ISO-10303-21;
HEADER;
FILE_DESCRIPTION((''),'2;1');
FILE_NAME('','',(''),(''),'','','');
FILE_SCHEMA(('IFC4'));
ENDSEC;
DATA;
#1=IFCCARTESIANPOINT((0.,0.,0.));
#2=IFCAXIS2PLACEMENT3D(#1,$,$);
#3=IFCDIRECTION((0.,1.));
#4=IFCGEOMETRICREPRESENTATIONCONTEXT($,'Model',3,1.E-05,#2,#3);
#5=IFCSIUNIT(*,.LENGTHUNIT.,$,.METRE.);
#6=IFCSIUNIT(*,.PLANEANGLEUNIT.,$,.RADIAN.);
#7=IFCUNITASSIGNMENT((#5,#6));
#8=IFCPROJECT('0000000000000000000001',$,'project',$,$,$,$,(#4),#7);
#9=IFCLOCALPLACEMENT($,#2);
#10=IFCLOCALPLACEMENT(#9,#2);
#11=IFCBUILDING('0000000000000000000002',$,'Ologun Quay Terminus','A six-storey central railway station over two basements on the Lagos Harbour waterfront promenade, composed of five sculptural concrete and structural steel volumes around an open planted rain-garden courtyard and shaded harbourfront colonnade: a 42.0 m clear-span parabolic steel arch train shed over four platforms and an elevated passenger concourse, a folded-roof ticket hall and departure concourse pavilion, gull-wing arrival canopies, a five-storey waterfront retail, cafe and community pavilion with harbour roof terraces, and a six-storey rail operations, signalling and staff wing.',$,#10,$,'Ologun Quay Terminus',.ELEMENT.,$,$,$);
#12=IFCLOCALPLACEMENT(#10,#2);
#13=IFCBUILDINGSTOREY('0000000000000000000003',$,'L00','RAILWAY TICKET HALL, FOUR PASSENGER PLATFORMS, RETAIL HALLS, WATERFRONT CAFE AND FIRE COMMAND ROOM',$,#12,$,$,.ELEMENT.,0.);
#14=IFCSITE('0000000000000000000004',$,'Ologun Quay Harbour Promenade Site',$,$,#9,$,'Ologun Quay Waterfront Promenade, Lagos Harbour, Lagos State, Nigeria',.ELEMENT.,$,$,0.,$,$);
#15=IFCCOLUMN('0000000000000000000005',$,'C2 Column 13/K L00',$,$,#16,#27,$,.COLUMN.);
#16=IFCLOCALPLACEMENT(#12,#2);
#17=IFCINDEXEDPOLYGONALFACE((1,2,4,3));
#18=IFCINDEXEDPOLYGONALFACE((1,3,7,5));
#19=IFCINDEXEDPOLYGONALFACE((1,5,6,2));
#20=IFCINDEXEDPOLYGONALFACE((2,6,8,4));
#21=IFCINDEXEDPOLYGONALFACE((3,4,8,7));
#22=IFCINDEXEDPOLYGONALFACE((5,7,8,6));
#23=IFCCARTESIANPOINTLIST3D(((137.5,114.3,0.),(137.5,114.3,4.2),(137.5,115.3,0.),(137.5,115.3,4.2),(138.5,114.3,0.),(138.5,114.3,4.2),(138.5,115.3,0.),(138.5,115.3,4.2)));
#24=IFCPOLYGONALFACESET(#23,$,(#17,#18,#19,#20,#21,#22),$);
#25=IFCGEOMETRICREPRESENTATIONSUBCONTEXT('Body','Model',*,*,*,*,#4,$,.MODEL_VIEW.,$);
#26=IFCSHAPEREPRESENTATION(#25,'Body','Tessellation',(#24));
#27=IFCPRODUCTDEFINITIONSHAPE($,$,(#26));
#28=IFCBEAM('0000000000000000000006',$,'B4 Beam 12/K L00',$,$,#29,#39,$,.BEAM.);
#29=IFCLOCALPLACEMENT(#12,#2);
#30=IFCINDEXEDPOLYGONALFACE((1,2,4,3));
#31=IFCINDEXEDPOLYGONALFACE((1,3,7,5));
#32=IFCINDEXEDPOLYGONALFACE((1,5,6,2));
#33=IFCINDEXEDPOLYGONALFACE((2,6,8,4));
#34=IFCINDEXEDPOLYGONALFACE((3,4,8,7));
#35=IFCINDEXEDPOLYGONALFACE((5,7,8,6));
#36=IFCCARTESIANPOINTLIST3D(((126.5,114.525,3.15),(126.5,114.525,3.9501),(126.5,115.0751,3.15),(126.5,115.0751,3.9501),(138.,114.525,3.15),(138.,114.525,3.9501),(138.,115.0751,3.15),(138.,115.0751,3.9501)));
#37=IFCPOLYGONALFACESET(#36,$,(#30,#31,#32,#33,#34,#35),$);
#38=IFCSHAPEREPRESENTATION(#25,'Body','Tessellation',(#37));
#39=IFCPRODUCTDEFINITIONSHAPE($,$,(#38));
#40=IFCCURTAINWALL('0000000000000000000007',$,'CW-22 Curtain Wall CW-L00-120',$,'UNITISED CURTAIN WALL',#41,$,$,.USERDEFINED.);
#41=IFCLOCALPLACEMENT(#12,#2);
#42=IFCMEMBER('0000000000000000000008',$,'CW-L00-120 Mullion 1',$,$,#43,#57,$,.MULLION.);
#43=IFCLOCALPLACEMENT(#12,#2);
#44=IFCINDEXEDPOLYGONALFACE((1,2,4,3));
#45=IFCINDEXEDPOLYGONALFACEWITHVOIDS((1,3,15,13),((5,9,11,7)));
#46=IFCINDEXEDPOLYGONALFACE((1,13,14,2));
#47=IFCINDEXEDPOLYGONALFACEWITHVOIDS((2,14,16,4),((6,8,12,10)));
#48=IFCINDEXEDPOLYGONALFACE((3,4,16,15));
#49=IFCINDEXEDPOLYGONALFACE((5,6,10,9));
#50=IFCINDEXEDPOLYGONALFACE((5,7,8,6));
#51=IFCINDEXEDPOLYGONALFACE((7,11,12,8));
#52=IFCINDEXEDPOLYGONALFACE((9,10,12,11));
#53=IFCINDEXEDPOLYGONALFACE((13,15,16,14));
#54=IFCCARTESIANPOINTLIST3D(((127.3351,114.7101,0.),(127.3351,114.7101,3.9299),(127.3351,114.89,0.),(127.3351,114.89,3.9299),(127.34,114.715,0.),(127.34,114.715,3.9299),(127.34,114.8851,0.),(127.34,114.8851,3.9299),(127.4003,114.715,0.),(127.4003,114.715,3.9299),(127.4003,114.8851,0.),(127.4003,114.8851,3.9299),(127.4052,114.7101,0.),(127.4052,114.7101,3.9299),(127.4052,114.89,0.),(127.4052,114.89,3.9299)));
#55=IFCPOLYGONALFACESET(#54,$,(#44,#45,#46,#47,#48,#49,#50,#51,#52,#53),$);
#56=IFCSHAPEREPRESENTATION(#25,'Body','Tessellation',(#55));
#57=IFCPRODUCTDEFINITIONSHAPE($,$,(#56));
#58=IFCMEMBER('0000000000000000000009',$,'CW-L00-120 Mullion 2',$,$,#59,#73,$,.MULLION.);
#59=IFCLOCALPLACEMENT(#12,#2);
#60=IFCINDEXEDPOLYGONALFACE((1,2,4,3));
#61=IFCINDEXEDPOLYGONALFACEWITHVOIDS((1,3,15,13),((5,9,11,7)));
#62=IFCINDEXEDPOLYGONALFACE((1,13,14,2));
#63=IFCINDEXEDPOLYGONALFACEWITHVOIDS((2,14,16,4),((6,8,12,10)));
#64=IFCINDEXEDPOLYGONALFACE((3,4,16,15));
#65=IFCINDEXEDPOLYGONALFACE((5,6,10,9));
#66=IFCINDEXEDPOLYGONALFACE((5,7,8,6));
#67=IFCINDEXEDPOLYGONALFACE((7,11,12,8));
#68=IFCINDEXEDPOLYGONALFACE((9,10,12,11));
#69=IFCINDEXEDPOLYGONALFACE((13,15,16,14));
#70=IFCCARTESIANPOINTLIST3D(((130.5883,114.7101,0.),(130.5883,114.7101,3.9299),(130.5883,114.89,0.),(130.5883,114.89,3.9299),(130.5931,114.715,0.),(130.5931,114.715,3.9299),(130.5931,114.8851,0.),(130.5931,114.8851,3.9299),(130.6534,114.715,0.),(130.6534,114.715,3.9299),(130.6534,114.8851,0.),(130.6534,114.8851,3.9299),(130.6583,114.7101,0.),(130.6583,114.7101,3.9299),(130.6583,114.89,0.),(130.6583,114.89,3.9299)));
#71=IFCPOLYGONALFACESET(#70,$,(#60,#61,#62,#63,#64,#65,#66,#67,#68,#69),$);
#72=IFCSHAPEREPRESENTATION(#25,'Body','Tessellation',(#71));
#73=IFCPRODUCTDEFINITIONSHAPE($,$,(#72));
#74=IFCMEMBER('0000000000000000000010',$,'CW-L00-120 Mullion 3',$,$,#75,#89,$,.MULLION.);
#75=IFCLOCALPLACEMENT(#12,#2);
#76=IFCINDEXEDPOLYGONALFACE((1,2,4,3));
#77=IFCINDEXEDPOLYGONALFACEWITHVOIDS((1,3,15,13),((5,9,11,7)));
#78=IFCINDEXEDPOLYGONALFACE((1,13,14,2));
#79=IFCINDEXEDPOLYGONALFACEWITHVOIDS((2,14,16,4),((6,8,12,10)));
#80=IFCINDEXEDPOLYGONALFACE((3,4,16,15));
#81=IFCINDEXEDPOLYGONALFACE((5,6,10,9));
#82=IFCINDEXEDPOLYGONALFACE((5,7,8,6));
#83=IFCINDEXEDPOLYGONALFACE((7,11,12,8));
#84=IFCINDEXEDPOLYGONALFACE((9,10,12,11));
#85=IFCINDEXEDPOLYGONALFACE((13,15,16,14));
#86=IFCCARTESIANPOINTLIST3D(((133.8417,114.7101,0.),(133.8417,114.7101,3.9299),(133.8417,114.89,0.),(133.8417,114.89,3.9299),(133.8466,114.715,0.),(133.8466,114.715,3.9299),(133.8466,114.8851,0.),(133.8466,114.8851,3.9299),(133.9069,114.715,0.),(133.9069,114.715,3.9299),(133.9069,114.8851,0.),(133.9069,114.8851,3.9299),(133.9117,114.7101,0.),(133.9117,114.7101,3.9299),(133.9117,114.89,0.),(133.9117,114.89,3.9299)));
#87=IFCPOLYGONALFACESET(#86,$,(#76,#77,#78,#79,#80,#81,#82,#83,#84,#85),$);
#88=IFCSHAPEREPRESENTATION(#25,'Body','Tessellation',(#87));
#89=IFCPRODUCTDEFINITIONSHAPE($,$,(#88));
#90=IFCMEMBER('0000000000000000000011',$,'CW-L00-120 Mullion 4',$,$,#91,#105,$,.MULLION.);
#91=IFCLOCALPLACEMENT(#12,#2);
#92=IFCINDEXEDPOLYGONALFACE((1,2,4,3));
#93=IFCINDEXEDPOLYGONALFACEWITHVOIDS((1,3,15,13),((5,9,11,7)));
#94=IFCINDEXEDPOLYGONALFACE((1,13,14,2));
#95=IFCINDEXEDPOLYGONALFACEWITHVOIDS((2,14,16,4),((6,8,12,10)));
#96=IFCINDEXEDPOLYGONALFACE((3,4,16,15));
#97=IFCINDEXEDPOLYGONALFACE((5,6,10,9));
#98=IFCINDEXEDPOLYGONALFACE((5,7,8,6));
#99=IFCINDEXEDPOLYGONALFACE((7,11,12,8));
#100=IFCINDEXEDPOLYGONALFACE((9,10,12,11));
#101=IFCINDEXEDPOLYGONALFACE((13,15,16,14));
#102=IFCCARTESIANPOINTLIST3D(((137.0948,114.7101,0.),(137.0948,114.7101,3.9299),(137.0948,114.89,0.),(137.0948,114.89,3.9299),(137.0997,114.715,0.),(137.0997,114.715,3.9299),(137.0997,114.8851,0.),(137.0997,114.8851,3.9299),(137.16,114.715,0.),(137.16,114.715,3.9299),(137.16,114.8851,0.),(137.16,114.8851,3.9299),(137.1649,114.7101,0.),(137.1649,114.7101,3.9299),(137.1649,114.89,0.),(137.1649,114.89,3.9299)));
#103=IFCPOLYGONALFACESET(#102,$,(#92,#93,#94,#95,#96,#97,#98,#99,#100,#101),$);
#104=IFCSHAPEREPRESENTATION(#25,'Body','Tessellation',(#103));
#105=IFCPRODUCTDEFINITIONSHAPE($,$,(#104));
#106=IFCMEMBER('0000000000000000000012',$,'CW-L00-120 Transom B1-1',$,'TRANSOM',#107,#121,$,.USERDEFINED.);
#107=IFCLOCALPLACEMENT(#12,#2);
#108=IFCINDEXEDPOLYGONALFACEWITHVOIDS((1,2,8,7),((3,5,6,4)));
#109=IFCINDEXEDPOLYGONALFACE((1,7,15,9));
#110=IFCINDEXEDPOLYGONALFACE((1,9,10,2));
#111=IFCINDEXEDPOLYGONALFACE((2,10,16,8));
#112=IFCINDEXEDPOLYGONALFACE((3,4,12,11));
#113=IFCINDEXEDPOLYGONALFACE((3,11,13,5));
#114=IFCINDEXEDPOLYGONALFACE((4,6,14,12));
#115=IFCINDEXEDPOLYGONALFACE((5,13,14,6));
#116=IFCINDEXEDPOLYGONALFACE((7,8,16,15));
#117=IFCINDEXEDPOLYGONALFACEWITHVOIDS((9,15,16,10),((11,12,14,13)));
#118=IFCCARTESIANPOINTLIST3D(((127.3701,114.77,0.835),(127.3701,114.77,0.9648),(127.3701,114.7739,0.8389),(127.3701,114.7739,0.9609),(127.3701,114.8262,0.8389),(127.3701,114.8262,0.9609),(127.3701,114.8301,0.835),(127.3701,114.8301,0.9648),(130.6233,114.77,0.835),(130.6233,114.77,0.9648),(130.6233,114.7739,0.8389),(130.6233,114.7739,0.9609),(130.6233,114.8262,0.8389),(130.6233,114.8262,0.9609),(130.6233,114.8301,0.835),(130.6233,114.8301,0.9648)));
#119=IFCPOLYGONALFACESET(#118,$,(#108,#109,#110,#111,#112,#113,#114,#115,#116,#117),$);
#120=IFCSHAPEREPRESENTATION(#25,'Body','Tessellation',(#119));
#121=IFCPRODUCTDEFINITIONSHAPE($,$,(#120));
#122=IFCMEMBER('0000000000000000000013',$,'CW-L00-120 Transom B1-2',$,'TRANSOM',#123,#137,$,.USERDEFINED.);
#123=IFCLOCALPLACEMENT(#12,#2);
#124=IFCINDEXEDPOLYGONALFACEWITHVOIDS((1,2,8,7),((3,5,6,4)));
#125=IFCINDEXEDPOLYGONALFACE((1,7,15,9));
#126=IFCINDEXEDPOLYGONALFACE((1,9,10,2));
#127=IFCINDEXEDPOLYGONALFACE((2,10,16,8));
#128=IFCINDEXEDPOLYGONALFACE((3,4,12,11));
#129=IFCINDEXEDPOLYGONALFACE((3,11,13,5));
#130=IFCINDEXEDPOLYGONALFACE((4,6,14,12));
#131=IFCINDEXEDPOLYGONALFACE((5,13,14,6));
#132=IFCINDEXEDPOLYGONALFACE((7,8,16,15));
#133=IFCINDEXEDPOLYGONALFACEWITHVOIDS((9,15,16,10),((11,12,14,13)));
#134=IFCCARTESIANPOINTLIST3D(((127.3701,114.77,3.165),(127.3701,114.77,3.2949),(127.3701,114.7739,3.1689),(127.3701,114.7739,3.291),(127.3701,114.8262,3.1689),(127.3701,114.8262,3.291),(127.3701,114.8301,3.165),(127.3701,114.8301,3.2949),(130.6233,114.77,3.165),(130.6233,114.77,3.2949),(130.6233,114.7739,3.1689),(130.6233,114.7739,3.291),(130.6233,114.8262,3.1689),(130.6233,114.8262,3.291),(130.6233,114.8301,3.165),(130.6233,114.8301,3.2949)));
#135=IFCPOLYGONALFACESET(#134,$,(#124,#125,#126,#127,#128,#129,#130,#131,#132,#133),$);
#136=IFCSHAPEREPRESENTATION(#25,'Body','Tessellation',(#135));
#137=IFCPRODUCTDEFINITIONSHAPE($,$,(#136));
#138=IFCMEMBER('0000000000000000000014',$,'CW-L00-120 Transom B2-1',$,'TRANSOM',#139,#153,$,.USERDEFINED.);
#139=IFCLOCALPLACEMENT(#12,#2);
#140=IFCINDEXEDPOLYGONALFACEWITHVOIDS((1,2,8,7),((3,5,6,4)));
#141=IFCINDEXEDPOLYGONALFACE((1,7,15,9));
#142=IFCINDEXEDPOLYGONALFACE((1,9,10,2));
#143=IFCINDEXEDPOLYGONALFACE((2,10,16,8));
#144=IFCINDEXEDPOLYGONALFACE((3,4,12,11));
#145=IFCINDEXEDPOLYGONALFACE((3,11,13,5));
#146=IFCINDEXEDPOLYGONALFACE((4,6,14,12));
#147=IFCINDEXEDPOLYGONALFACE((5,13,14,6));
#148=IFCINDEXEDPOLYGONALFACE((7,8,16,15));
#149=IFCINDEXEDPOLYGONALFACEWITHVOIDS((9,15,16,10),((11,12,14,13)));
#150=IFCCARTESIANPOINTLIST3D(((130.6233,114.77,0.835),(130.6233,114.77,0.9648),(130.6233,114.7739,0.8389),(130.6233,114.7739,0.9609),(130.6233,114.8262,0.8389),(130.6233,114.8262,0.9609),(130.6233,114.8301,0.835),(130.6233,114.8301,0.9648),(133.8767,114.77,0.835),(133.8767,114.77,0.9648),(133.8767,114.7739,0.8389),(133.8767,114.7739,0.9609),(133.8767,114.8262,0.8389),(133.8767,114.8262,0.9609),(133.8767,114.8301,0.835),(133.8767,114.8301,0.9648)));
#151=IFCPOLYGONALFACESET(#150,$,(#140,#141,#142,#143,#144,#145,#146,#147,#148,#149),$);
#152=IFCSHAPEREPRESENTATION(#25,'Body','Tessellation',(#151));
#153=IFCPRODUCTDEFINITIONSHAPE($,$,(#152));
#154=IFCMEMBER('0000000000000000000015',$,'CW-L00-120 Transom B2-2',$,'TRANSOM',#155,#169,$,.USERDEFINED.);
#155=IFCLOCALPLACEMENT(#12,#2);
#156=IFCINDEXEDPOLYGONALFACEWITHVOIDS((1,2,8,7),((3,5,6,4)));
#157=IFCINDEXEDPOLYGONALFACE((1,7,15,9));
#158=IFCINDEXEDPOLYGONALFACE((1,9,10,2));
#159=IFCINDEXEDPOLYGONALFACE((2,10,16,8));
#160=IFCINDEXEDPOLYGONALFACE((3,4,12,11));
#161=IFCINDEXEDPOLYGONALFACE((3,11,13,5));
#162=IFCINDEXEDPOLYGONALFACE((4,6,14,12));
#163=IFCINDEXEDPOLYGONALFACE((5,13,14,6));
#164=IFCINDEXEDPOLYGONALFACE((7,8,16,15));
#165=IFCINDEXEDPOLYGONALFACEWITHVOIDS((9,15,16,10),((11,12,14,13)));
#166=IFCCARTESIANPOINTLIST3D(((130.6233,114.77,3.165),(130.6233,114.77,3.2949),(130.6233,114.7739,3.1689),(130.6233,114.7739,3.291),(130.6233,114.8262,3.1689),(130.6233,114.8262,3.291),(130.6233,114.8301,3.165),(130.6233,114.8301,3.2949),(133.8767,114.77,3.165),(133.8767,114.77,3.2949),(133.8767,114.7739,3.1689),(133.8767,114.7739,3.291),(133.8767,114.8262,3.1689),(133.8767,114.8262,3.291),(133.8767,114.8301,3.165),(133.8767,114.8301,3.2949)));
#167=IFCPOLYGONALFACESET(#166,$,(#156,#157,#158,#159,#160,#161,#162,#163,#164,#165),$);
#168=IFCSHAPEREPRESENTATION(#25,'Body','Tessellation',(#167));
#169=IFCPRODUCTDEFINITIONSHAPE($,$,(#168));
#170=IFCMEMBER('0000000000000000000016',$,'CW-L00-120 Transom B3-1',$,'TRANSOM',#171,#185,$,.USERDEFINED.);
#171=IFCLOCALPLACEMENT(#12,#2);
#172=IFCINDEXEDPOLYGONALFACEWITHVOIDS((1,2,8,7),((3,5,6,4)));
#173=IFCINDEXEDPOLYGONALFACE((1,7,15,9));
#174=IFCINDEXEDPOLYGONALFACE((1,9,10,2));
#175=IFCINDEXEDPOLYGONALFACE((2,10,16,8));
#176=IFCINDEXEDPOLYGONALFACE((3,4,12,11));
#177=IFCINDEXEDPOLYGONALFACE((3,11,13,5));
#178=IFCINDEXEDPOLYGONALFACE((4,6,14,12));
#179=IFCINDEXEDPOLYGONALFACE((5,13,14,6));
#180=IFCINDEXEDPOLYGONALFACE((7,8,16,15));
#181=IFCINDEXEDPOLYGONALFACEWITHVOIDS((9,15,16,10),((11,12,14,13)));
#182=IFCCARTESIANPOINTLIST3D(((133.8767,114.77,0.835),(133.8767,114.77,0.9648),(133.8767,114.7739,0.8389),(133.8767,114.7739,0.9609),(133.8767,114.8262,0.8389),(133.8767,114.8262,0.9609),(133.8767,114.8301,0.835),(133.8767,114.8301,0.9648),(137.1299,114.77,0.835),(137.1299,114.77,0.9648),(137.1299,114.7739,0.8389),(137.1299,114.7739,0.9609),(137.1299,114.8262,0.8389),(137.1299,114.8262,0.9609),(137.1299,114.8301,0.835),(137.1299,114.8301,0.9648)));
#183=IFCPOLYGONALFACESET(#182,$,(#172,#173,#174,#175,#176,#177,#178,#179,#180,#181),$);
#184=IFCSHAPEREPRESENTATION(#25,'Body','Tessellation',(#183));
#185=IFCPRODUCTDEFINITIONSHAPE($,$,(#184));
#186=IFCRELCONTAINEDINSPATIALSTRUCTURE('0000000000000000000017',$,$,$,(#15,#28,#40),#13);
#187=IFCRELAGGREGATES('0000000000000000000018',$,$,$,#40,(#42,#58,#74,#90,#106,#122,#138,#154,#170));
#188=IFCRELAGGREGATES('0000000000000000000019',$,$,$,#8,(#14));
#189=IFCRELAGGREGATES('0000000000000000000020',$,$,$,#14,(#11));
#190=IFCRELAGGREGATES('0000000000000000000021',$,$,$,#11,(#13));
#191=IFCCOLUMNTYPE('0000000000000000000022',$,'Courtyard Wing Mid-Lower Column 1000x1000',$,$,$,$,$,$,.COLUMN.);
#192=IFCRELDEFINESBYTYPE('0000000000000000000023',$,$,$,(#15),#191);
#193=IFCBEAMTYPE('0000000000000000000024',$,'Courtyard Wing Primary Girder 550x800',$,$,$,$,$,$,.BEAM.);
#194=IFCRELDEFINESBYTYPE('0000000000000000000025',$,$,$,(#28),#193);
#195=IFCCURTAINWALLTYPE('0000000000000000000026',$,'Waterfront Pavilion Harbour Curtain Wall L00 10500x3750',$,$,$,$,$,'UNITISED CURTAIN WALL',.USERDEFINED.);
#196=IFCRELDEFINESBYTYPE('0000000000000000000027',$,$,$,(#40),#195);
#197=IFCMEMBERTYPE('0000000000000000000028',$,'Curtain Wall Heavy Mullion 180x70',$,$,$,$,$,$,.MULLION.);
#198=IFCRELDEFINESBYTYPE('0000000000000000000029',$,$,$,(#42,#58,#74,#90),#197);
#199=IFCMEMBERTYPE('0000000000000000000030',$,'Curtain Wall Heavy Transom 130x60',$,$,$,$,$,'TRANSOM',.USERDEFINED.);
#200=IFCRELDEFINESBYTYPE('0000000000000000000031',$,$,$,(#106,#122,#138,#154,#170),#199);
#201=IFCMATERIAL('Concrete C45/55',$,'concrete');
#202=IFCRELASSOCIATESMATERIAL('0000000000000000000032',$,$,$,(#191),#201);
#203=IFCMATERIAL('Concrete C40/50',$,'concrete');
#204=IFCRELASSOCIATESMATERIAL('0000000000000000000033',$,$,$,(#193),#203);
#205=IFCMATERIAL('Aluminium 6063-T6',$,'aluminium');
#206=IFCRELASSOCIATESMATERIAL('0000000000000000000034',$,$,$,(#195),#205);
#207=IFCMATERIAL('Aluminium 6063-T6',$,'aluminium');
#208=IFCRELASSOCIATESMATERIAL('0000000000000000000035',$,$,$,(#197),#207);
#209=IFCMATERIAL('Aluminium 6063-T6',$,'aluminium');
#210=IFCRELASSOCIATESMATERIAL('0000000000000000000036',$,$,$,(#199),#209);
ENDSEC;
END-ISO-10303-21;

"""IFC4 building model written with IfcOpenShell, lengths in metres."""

from ifc_helpers import new_model, si_unit, direction, frame, origin, origin_2d, place, context, subcontext, project, spatial, rectangle, hollow_rectangle, extrude, material, material_profile, profile_set, type_object, element, aggregate, save


model = new_model("IFC4")

# Units and contexts
model_context = context("Model", 3, precision=1e-05, world=origin(), true_north=direction((0.0, 1.0)))
body_context = subcontext(model_context, "Body", "Model", "MODEL_VIEW")
ifc_project = project(units=[si_unit("LENGTHUNIT", "METRE"), si_unit("PLANEANGLEUNIT", "RADIAN")], contexts=[model_context])

# Site, building, storey
site_placement = place(None, origin())
site = spatial("IfcSite", under=ifc_project, at=site_placement, Name="Ologun Quay Harbour Promenade Site", LongName="Ologun Quay Waterfront Promenade, Lagos Harbour, Lagos State, Nigeria", CompositionType="ELEMENT", RefElevation=0.0)
building_placement = place(site_placement, origin())
building = spatial("IfcBuilding", under=site, at=building_placement, Name="Ologun Quay Terminus", Description="A six-storey central railway station over two basements on the Lagos Harbour waterfront promenade, composed of five sculptural concrete and structural steel volumes around an open planted rain-garden courtyard and shaded harbourfront colonnade: a 42.0 m clear-span parabolic steel arch train shed over four platforms and an elevated passenger concourse, a folded-roof ticket hall and departure concourse pavilion, gull-wing arrival canopies, a five-storey waterfront retail, cafe and community pavilion with harbour roof terraces, and a six-storey rail operations, signalling and staff wing.", LongName="Ologun Quay Terminus", CompositionType="ELEMENT")
storey_placement = place(building_placement, origin())
storey = spatial("IfcBuildingStorey", under=building, at=storey_placement, Name="L00", Description="RAILWAY TICKET HALL, FOUR PASSENGER PLATFORMS, RETAIL HALLS, WATERFRONT CAFE AND FIRE COMMAND ROOM", CompositionType="ELEMENT", Elevation=0.0)

# Column
ifc_material_1 = material(Name="Concrete C45/55", Category="concrete")
ifc_material_profile_1 = material_profile(ifc_material_1, rectangle(XDim=1.0, YDim=1.0, at=origin_2d()), Name="RC 1000x1000")
ifc_profile_set_1 = profile_set([ifc_material_profile_1], Name="Concrete C45/55")
column_type = type_object("IfcColumnType", Name="Courtyard Wing Mid-Lower Column 1000x1000", PredefinedType="COLUMN", material=ifc_profile_set_1)
column_placement = place(storey_placement, frame((138.0, 114.8, 0.0), z_axis=(0.0, 0.0, 1.0), x_axis=(1.0, 0.0, 0.0)))
element("IfcColumn", 1, at=column_placement, inside=storey, type_object=column_type, Name="C2 Column 13/K L00", PredefinedType="COLUMN", context=body_context, shape_type="SweptSolid", body=[
    extrude(rectangle(XDim=1.0, YDim=1.0, at=origin_2d()), origin(), (0.0, 0.0, 1.0), 4.2),
])

# Beam
ifc_material_2 = material(Name="Concrete C40/50", Category="concrete")
ifc_material_profile_2 = material_profile(ifc_material_2, rectangle(XDim=0.55, YDim=0.8, at=origin_2d()), Name="RC 550x800")
ifc_profile_set_2 = profile_set([ifc_material_profile_2], Name="Concrete C40/50")
beam_type_1 = type_object("IfcBeamType", Name="Courtyard Wing Primary Girder 550x800", PredefinedType="BEAM", material=ifc_profile_set_2)
beam_1_placement = place(storey_placement, frame((126.5, 114.8, 3.55), z_axis=(1.0, 0.0, 0.0), x_axis=(0.0, 1.0, 0.0)))
element("IfcBeam", 2, at=beam_1_placement, inside=storey, type_object=beam_type_1, Name="B4 Beam 12/K L00", PredefinedType="BEAM", context=body_context, shape_type="SweptSolid", body=[
    extrude(rectangle(XDim=0.55, YDim=0.8, at=origin_2d()), origin(), (0.0, 0.0, 1.0), 11.5),
])

# Curtain wall, members
ifc_material_3 = material(Name="Aluminium 6063-T6", Category="aluminium")
curtain_wall_type = type_object("IfcCurtainWallType", Name="Waterfront Pavilion Harbour Curtain Wall L00 10500x3750", ElementType="UNITISED CURTAIN WALL", PredefinedType="USERDEFINED", material=ifc_material_3)
curtain_wall_placement = place(storey_placement, origin())
curtain_wall = element("IfcCurtainWall", 3, at=curtain_wall_placement, inside=storey, type_object=curtain_wall_type, Name="CW-22 Curtain Wall CW-L00-120", ObjectType="UNITISED CURTAIN WALL", PredefinedType="USERDEFINED")
ifc_material_4 = material(Name="Aluminium 6063-T6", Category="aluminium")
ifc_material_profile_3 = material_profile(ifc_material_4, hollow_rectangle(XDim=0.0701, YDim=0.1799, WallThickness=0.0049, at=origin_2d()), Name="ALU 180x70x5")
ifc_profile_set_3 = profile_set([ifc_material_profile_3], Name="Aluminium 6063-T6")
member_type_1 = type_object("IfcMemberType", Name="Curtain Wall Heavy Mullion 180x70", PredefinedType="MULLION", material=ifc_profile_set_3)
member_1_placement = place(storey_placement, frame((127.3701, 114.8, 0.0), z_axis=(0.0, 0.0, 1.0), x_axis=(1.0, 0.0, 0.0)))
member_1 = element("IfcMember", 4, at=member_1_placement, type_object=member_type_1, Name="CW-L00-120 Mullion 1", PredefinedType="MULLION", context=body_context, shape_type="SweptSolid", body=[
    extrude(hollow_rectangle(XDim=0.0701, YDim=0.1799, WallThickness=0.0049, at=origin_2d()), origin(), (0.0, 0.0, 1.0), 3.9299),
])
member_2_placement = place(storey_placement, frame((130.6233, 114.8, 0.0), z_axis=(0.0, 0.0, 1.0), x_axis=(1.0, 0.0, 0.0)))
member_2 = element("IfcMember", 5, at=member_2_placement, type_object=member_type_1, Name="CW-L00-120 Mullion 2", PredefinedType="MULLION", context=body_context, shape_type="SweptSolid", body=[
    extrude(hollow_rectangle(XDim=0.0701, YDim=0.1799, WallThickness=0.0049, at=origin_2d()), origin(), (0.0, 0.0, 1.0), 3.9299),
])
member_3_placement = place(storey_placement, frame((133.8767, 114.8, 0.0), z_axis=(0.0, 0.0, 1.0), x_axis=(1.0, 0.0, 0.0)))
member_3 = element("IfcMember", 6, at=member_3_placement, type_object=member_type_1, Name="CW-L00-120 Mullion 3", PredefinedType="MULLION", context=body_context, shape_type="SweptSolid", body=[
    extrude(hollow_rectangle(XDim=0.0701, YDim=0.1799, WallThickness=0.0049, at=origin_2d()), origin(), (0.0, 0.0, 1.0), 3.9299),
])
member_4_placement = place(storey_placement, frame((137.1299, 114.8, 0.0), z_axis=(0.0, 0.0, 1.0), x_axis=(1.0, 0.0, 0.0)))
member_4 = element("IfcMember", 7, at=member_4_placement, type_object=member_type_1, Name="CW-L00-120 Mullion 4", PredefinedType="MULLION", context=body_context, shape_type="SweptSolid", body=[
    extrude(hollow_rectangle(XDim=0.0701, YDim=0.1799, WallThickness=0.0049, at=origin_2d()), origin(), (0.0, 0.0, 1.0), 3.9299),
])
ifc_material_5 = material(Name="Aluminium 6063-T6", Category="aluminium")
ifc_material_profile_4 = material_profile(ifc_material_5, hollow_rectangle(XDim=0.0601, YDim=0.1299, WallThickness=0.0039, at=origin_2d()), Name="ALU 130x60x4")
ifc_profile_set_4 = profile_set([ifc_material_profile_4], Name="Aluminium 6063-T6")
member_type_2 = type_object("IfcMemberType", Name="Curtain Wall Heavy Transom 130x60", ElementType="TRANSOM", PredefinedType="USERDEFINED", material=ifc_profile_set_4)
member_5_placement = place(storey_placement, frame((127.3701, 114.8, 0.8999), z_axis=(1.0, 0.0, 0.0), x_axis=(0.0, 1.0, 0.0)))
member_5 = element("IfcMember", 8, at=member_5_placement, type_object=member_type_2, Name="CW-L00-120 Transom B1-1", ObjectType="TRANSOM", PredefinedType="USERDEFINED", context=body_context, shape_type="SweptSolid", body=[
    extrude(hollow_rectangle(XDim=0.0601, YDim=0.1299, WallThickness=0.0039, at=origin_2d()), origin(), (0.0, 0.0, 1.0), 3.2532),
])
member_6_placement = place(storey_placement, frame((127.3701, 114.8, 3.23), z_axis=(1.0, 0.0, 0.0), x_axis=(0.0, 1.0, 0.0)))
member_6 = element("IfcMember", 9, at=member_6_placement, type_object=member_type_2, Name="CW-L00-120 Transom B1-2", ObjectType="TRANSOM", PredefinedType="USERDEFINED", context=body_context, shape_type="SweptSolid", body=[
    extrude(hollow_rectangle(XDim=0.0601, YDim=0.1299, WallThickness=0.0039, at=origin_2d()), origin(), (0.0, 0.0, 1.0), 3.2532),
])
member_7_placement = place(storey_placement, frame((130.6233, 114.8, 0.8999), z_axis=(1.0, 0.0, 0.0), x_axis=(0.0, 1.0, 0.0)))
member_7 = element("IfcMember", 10, at=member_7_placement, type_object=member_type_2, Name="CW-L00-120 Transom B2-1", ObjectType="TRANSOM", PredefinedType="USERDEFINED", context=body_context, shape_type="SweptSolid", body=[
    extrude(hollow_rectangle(XDim=0.0601, YDim=0.1299, WallThickness=0.0039, at=origin_2d()), origin(), (0.0, 0.0, 1.0), 3.2534),
])
member_8_placement = place(storey_placement, frame((130.6233, 114.8, 3.23), z_axis=(1.0, 0.0, 0.0), x_axis=(0.0, 1.0, 0.0)))
member_8 = element("IfcMember", 11, at=member_8_placement, type_object=member_type_2, Name="CW-L00-120 Transom B2-2", ObjectType="TRANSOM", PredefinedType="USERDEFINED", context=body_context, shape_type="SweptSolid", body=[
    extrude(hollow_rectangle(XDim=0.0601, YDim=0.1299, WallThickness=0.0039, at=origin_2d()), origin(), (0.0, 0.0, 1.0), 3.2534),
])
member_9_placement = place(storey_placement, frame((133.8767, 114.8, 0.8999), z_axis=(1.0, 0.0, 0.0), x_axis=(0.0, 1.0, 0.0)))
member_9 = element("IfcMember", 12, at=member_9_placement, type_object=member_type_2, Name="CW-L00-120 Transom B3-1", ObjectType="TRANSOM", PredefinedType="USERDEFINED", context=body_context, shape_type="SweptSolid", body=[
    extrude(hollow_rectangle(XDim=0.0601, YDim=0.1299, WallThickness=0.0039, at=origin_2d()), origin(), (0.0, 0.0, 1.0), 3.2532),
])

aggregate(curtain_wall, [member_1, member_2, member_3, member_4, member_5, member_6, member_7, member_8, member_9])

save(model, "model.ifc")
